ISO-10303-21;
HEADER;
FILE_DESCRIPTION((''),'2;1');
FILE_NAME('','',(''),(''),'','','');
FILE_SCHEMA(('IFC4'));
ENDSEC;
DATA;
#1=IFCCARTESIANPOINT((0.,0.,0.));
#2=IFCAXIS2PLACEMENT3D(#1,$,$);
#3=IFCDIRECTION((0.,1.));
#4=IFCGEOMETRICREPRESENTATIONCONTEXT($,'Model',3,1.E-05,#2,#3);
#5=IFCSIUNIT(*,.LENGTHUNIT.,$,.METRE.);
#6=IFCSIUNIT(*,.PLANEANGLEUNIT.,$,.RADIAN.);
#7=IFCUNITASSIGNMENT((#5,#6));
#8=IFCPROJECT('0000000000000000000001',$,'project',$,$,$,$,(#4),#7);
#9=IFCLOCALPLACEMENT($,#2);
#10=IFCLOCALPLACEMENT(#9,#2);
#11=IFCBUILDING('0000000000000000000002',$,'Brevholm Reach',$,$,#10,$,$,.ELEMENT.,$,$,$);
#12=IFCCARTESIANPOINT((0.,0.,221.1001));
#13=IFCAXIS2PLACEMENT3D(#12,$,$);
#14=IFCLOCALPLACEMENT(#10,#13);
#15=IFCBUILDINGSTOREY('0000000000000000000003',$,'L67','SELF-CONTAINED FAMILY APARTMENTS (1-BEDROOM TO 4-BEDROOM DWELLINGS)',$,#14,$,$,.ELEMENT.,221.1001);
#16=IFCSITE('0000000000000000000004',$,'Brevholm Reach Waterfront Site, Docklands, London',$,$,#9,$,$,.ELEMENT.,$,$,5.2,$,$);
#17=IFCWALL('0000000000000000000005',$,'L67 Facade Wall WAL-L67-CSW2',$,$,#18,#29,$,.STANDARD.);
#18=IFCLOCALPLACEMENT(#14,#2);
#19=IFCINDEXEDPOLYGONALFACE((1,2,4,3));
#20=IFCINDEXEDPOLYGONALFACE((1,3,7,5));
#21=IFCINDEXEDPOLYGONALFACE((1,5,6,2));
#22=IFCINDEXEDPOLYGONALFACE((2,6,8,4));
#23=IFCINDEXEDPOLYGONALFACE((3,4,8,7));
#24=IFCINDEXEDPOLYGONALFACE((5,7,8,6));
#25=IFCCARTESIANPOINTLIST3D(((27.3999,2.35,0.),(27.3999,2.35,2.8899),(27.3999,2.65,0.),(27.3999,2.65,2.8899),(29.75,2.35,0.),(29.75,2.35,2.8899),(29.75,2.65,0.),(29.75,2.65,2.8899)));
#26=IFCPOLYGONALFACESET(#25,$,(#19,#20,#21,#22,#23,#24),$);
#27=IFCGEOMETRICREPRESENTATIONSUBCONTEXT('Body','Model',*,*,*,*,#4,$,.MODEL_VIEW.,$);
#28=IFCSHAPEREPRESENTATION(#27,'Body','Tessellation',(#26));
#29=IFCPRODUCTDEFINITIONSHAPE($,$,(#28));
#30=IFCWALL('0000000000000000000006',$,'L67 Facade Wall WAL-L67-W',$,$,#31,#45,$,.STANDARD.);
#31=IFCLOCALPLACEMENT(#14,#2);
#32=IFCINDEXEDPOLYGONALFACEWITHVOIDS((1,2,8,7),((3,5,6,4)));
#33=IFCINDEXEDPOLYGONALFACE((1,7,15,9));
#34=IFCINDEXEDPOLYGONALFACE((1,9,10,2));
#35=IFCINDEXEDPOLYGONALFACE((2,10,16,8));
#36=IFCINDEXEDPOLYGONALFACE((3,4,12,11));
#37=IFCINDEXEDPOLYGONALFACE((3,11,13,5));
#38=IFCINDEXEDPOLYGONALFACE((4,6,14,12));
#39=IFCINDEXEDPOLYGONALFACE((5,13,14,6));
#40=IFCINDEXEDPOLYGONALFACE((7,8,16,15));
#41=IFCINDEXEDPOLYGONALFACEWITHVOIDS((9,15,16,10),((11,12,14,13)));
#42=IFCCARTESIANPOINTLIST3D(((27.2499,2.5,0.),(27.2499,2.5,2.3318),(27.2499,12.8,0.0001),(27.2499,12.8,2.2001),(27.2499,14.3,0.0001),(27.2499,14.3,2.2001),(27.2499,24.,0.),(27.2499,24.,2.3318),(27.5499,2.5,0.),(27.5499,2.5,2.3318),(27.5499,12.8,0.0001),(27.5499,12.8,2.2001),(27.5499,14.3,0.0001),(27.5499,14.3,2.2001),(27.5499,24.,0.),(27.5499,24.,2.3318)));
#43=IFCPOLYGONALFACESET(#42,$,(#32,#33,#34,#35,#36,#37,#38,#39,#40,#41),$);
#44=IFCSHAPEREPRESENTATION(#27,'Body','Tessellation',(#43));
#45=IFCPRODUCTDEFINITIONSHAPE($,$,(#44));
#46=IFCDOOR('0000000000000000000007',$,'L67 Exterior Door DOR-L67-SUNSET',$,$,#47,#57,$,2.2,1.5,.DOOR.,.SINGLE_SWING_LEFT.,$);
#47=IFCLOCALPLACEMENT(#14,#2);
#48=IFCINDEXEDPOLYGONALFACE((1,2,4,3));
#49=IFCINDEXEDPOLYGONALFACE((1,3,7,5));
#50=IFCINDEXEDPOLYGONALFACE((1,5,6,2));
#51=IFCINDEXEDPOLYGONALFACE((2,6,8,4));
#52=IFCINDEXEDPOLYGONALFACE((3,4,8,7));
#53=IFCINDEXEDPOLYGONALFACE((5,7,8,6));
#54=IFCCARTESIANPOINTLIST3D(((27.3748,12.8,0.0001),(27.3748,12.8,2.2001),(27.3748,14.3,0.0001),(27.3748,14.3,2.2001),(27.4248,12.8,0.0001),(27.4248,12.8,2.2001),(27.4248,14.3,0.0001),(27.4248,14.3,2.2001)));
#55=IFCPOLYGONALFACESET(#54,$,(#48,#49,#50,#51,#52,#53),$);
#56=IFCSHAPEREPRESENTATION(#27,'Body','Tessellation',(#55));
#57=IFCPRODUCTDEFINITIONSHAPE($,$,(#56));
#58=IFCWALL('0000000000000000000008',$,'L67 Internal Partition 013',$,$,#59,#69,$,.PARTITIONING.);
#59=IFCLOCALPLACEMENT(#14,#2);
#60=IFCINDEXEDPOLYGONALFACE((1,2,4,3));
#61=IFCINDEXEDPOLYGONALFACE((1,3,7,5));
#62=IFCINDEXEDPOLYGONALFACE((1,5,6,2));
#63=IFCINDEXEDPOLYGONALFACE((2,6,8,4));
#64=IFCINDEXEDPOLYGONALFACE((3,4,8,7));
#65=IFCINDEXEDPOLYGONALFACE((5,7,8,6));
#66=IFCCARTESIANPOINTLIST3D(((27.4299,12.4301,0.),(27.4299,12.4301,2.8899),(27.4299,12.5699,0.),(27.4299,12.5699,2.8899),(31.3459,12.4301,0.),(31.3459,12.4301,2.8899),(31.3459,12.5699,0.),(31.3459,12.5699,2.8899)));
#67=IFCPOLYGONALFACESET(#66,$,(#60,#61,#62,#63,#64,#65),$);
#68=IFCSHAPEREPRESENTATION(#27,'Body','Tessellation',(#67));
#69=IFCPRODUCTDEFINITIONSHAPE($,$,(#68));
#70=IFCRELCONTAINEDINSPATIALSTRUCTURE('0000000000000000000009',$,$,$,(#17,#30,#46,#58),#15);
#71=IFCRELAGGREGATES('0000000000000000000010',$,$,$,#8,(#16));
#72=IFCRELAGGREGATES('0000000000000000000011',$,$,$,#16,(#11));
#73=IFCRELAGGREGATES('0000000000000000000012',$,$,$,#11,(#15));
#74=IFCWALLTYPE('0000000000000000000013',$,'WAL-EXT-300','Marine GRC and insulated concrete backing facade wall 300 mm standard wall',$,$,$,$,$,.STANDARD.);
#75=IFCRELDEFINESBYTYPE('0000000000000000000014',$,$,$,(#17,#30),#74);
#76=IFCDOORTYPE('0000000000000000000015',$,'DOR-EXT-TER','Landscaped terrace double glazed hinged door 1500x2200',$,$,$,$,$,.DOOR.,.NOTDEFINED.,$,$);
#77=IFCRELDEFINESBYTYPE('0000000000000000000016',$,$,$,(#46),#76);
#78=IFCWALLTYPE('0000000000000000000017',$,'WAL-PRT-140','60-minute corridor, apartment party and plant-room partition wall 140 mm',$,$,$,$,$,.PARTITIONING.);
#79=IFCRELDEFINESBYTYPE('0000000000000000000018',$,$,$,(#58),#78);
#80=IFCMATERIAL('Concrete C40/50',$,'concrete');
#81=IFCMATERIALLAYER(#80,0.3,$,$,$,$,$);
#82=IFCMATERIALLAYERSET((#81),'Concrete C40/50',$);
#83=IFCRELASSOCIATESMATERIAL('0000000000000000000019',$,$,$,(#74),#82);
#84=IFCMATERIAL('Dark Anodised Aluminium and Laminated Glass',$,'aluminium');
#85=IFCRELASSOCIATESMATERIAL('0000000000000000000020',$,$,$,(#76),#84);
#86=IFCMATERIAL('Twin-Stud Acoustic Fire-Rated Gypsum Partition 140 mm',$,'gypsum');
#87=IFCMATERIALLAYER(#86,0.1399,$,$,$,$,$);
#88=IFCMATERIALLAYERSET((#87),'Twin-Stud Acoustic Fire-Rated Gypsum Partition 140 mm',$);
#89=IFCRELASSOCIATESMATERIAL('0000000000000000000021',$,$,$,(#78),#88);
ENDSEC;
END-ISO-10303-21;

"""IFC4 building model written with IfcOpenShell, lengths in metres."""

from ifc_helpers import new_model, si_unit, direction, frame, frame_2d, origin, place, context, subcontext, project, spatial, rectangle, extrude, material, layer, layer_set, type_object, element, fill, save


model = new_model("IFC4")

# Units and contexts
model_context = context("Model", 3, precision=1e-05, world=origin(), true_north=direction((0.0, 1.0)))
body_context = subcontext(model_context, "Body", "Model", "MODEL_VIEW")
ifc_project = project(units=[si_unit("LENGTHUNIT", "METRE"), si_unit("PLANEANGLEUNIT", "RADIAN")], contexts=[model_context])

# Site, building, storey
site_placement = place(None, origin())
site = spatial("IfcSite", under=ifc_project, at=site_placement, Name="Brevholm Reach Waterfront Site, Docklands, London", CompositionType="ELEMENT", RefElevation=5.2)
building_placement = place(site_placement, origin())
building = spatial("IfcBuilding", under=site, at=building_placement, Name="Brevholm Reach", CompositionType="ELEMENT")
storey_placement = place(building_placement, frame((0.0, 0.0, 221.1001)))
storey = spatial("IfcBuildingStorey", under=building, at=storey_placement, Name="L67", Description="SELF-CONTAINED FAMILY APARTMENTS (1-BEDROOM TO 4-BEDROOM DWELLINGS)", CompositionType="ELEMENT", Elevation=221.1001)

# Wall
ifc_material_1 = material(Name="Concrete C40/50", Category="concrete")
ifc_layer_1 = layer(ifc_material_1, 0.3)
ifc_layer_set_1 = layer_set([ifc_layer_1], Name="Concrete C40/50")
wall_type_1 = type_object("IfcWallType", Name="WAL-EXT-300", Description="Marine GRC and insulated concrete backing facade wall 300 mm standard wall", PredefinedType="STANDARD", material=ifc_layer_set_1)
wall_1_placement = place(storey_placement, frame((27.3999, 2.5, 0.0), z_axis=(0.0, 0.0, 1.0), x_axis=(1.0, 0.0, 0.0)))
element("IfcWall", 1, at=wall_1_placement, inside=storey, type_object=wall_type_1, Name="L67 Facade Wall WAL-L67-CSW2", PredefinedType="STANDARD", context=body_context, shape_type="SweptSolid", body=[
    extrude(rectangle(XDim=2.3501, YDim=0.3, at=frame_2d((1.175, 0.0))), origin(), (0.0, 0.0, 1.0), 2.8899),
])

# Wall, opening, door
wall_2_placement = place(storey_placement, frame((27.3999, 24.0, 0.0), z_axis=(0.0, 0.0, 1.0), x_axis=(0.0, -1.0, 0.0)))
wall_2 = element("IfcWall", 2, at=wall_2_placement, inside=storey, type_object=wall_type_1, Name="L67 Facade Wall WAL-L67-W", PredefinedType="STANDARD", context=body_context, shape_type="SweptSolid", body=[
    extrude(rectangle(XDim=21.5, YDim=0.3, at=frame_2d((10.75, 0.0))), origin(), (0.0, 0.0, 1.0), 2.3318),
])
opening_placement = place(wall_2_placement, frame((9.7, 0.0, 0.0)))
opening = element("IfcOpeningElement", 3, at=opening_placement, cuts=wall_2, PredefinedType="OPENING", context=body_context, shape_type="SweptSolid", body=[
    extrude(rectangle(XDim=1.5, YDim=2.2, at=frame_2d((0.75, 1.1001))), frame((0.0, 0.1599, 0.0), z_axis=(0.0, -1.0, 0.0), x_axis=(1.0, 0.0, 0.0)), (0.0, 0.0, 1.0), 0.3201),
])
ifc_material_2 = material(Name="Dark Anodised Aluminium and Laminated Glass", Category="aluminium")
door_type = type_object("IfcDoorType", Name="DOR-EXT-TER", Description="Landscaped terrace double glazed hinged door 1500x2200", OperationType="NOTDEFINED", PredefinedType="DOOR", material=ifc_material_2)
door_placement = place(opening_placement, origin())
door = element("IfcDoor", 4, at=door_placement, inside=storey, type_object=door_type, Name="L67 Exterior Door DOR-L67-SUNSET", OperationType="SINGLE_SWING_LEFT", OverallHeight=2.2, OverallWidth=1.5, PredefinedType="DOOR", context=body_context, shape_type="SweptSolid", body=[
    extrude(rectangle(XDim=1.5, YDim=2.2, at=frame_2d((0.75, 1.1001))), frame((0.0, 0.0249, 0.0), z_axis=(0.0, -1.0, 0.0), x_axis=(1.0, 0.0, 0.0)), (0.0, 0.0, 1.0), 0.05),
])
fill(opening, door)

# Wall
ifc_material_3 = material(Name="Twin-Stud Acoustic Fire-Rated Gypsum Partition 140 mm", Category="gypsum")
ifc_layer_2 = layer(ifc_material_3, 0.1399)
ifc_layer_set_2 = layer_set([ifc_layer_2], Name="Twin-Stud Acoustic Fire-Rated Gypsum Partition 140 mm")
wall_type_2 = type_object("IfcWallType", Name="WAL-PRT-140", Description="60-minute corridor, apartment party and plant-room partition wall 140 mm", PredefinedType="PARTITIONING", material=ifc_layer_set_2)
wall_3_placement = place(storey_placement, frame((27.4299, 12.5, 0.0), z_axis=(0.0, 0.0, 1.0), x_axis=(1.0, 0.0, 0.0)))
element("IfcWall", 5, at=wall_3_placement, inside=storey, type_object=wall_type_2, Name="L67 Internal Partition 013", PredefinedType="PARTITIONING", context=body_context, shape_type="SweptSolid", body=[
    extrude(rectangle(XDim=3.916, YDim=0.1399, at=frame_2d((1.958, 0.0))), origin(), (0.0, 0.0, 1.0), 2.8899),
])

save(model, "model.ifc")
